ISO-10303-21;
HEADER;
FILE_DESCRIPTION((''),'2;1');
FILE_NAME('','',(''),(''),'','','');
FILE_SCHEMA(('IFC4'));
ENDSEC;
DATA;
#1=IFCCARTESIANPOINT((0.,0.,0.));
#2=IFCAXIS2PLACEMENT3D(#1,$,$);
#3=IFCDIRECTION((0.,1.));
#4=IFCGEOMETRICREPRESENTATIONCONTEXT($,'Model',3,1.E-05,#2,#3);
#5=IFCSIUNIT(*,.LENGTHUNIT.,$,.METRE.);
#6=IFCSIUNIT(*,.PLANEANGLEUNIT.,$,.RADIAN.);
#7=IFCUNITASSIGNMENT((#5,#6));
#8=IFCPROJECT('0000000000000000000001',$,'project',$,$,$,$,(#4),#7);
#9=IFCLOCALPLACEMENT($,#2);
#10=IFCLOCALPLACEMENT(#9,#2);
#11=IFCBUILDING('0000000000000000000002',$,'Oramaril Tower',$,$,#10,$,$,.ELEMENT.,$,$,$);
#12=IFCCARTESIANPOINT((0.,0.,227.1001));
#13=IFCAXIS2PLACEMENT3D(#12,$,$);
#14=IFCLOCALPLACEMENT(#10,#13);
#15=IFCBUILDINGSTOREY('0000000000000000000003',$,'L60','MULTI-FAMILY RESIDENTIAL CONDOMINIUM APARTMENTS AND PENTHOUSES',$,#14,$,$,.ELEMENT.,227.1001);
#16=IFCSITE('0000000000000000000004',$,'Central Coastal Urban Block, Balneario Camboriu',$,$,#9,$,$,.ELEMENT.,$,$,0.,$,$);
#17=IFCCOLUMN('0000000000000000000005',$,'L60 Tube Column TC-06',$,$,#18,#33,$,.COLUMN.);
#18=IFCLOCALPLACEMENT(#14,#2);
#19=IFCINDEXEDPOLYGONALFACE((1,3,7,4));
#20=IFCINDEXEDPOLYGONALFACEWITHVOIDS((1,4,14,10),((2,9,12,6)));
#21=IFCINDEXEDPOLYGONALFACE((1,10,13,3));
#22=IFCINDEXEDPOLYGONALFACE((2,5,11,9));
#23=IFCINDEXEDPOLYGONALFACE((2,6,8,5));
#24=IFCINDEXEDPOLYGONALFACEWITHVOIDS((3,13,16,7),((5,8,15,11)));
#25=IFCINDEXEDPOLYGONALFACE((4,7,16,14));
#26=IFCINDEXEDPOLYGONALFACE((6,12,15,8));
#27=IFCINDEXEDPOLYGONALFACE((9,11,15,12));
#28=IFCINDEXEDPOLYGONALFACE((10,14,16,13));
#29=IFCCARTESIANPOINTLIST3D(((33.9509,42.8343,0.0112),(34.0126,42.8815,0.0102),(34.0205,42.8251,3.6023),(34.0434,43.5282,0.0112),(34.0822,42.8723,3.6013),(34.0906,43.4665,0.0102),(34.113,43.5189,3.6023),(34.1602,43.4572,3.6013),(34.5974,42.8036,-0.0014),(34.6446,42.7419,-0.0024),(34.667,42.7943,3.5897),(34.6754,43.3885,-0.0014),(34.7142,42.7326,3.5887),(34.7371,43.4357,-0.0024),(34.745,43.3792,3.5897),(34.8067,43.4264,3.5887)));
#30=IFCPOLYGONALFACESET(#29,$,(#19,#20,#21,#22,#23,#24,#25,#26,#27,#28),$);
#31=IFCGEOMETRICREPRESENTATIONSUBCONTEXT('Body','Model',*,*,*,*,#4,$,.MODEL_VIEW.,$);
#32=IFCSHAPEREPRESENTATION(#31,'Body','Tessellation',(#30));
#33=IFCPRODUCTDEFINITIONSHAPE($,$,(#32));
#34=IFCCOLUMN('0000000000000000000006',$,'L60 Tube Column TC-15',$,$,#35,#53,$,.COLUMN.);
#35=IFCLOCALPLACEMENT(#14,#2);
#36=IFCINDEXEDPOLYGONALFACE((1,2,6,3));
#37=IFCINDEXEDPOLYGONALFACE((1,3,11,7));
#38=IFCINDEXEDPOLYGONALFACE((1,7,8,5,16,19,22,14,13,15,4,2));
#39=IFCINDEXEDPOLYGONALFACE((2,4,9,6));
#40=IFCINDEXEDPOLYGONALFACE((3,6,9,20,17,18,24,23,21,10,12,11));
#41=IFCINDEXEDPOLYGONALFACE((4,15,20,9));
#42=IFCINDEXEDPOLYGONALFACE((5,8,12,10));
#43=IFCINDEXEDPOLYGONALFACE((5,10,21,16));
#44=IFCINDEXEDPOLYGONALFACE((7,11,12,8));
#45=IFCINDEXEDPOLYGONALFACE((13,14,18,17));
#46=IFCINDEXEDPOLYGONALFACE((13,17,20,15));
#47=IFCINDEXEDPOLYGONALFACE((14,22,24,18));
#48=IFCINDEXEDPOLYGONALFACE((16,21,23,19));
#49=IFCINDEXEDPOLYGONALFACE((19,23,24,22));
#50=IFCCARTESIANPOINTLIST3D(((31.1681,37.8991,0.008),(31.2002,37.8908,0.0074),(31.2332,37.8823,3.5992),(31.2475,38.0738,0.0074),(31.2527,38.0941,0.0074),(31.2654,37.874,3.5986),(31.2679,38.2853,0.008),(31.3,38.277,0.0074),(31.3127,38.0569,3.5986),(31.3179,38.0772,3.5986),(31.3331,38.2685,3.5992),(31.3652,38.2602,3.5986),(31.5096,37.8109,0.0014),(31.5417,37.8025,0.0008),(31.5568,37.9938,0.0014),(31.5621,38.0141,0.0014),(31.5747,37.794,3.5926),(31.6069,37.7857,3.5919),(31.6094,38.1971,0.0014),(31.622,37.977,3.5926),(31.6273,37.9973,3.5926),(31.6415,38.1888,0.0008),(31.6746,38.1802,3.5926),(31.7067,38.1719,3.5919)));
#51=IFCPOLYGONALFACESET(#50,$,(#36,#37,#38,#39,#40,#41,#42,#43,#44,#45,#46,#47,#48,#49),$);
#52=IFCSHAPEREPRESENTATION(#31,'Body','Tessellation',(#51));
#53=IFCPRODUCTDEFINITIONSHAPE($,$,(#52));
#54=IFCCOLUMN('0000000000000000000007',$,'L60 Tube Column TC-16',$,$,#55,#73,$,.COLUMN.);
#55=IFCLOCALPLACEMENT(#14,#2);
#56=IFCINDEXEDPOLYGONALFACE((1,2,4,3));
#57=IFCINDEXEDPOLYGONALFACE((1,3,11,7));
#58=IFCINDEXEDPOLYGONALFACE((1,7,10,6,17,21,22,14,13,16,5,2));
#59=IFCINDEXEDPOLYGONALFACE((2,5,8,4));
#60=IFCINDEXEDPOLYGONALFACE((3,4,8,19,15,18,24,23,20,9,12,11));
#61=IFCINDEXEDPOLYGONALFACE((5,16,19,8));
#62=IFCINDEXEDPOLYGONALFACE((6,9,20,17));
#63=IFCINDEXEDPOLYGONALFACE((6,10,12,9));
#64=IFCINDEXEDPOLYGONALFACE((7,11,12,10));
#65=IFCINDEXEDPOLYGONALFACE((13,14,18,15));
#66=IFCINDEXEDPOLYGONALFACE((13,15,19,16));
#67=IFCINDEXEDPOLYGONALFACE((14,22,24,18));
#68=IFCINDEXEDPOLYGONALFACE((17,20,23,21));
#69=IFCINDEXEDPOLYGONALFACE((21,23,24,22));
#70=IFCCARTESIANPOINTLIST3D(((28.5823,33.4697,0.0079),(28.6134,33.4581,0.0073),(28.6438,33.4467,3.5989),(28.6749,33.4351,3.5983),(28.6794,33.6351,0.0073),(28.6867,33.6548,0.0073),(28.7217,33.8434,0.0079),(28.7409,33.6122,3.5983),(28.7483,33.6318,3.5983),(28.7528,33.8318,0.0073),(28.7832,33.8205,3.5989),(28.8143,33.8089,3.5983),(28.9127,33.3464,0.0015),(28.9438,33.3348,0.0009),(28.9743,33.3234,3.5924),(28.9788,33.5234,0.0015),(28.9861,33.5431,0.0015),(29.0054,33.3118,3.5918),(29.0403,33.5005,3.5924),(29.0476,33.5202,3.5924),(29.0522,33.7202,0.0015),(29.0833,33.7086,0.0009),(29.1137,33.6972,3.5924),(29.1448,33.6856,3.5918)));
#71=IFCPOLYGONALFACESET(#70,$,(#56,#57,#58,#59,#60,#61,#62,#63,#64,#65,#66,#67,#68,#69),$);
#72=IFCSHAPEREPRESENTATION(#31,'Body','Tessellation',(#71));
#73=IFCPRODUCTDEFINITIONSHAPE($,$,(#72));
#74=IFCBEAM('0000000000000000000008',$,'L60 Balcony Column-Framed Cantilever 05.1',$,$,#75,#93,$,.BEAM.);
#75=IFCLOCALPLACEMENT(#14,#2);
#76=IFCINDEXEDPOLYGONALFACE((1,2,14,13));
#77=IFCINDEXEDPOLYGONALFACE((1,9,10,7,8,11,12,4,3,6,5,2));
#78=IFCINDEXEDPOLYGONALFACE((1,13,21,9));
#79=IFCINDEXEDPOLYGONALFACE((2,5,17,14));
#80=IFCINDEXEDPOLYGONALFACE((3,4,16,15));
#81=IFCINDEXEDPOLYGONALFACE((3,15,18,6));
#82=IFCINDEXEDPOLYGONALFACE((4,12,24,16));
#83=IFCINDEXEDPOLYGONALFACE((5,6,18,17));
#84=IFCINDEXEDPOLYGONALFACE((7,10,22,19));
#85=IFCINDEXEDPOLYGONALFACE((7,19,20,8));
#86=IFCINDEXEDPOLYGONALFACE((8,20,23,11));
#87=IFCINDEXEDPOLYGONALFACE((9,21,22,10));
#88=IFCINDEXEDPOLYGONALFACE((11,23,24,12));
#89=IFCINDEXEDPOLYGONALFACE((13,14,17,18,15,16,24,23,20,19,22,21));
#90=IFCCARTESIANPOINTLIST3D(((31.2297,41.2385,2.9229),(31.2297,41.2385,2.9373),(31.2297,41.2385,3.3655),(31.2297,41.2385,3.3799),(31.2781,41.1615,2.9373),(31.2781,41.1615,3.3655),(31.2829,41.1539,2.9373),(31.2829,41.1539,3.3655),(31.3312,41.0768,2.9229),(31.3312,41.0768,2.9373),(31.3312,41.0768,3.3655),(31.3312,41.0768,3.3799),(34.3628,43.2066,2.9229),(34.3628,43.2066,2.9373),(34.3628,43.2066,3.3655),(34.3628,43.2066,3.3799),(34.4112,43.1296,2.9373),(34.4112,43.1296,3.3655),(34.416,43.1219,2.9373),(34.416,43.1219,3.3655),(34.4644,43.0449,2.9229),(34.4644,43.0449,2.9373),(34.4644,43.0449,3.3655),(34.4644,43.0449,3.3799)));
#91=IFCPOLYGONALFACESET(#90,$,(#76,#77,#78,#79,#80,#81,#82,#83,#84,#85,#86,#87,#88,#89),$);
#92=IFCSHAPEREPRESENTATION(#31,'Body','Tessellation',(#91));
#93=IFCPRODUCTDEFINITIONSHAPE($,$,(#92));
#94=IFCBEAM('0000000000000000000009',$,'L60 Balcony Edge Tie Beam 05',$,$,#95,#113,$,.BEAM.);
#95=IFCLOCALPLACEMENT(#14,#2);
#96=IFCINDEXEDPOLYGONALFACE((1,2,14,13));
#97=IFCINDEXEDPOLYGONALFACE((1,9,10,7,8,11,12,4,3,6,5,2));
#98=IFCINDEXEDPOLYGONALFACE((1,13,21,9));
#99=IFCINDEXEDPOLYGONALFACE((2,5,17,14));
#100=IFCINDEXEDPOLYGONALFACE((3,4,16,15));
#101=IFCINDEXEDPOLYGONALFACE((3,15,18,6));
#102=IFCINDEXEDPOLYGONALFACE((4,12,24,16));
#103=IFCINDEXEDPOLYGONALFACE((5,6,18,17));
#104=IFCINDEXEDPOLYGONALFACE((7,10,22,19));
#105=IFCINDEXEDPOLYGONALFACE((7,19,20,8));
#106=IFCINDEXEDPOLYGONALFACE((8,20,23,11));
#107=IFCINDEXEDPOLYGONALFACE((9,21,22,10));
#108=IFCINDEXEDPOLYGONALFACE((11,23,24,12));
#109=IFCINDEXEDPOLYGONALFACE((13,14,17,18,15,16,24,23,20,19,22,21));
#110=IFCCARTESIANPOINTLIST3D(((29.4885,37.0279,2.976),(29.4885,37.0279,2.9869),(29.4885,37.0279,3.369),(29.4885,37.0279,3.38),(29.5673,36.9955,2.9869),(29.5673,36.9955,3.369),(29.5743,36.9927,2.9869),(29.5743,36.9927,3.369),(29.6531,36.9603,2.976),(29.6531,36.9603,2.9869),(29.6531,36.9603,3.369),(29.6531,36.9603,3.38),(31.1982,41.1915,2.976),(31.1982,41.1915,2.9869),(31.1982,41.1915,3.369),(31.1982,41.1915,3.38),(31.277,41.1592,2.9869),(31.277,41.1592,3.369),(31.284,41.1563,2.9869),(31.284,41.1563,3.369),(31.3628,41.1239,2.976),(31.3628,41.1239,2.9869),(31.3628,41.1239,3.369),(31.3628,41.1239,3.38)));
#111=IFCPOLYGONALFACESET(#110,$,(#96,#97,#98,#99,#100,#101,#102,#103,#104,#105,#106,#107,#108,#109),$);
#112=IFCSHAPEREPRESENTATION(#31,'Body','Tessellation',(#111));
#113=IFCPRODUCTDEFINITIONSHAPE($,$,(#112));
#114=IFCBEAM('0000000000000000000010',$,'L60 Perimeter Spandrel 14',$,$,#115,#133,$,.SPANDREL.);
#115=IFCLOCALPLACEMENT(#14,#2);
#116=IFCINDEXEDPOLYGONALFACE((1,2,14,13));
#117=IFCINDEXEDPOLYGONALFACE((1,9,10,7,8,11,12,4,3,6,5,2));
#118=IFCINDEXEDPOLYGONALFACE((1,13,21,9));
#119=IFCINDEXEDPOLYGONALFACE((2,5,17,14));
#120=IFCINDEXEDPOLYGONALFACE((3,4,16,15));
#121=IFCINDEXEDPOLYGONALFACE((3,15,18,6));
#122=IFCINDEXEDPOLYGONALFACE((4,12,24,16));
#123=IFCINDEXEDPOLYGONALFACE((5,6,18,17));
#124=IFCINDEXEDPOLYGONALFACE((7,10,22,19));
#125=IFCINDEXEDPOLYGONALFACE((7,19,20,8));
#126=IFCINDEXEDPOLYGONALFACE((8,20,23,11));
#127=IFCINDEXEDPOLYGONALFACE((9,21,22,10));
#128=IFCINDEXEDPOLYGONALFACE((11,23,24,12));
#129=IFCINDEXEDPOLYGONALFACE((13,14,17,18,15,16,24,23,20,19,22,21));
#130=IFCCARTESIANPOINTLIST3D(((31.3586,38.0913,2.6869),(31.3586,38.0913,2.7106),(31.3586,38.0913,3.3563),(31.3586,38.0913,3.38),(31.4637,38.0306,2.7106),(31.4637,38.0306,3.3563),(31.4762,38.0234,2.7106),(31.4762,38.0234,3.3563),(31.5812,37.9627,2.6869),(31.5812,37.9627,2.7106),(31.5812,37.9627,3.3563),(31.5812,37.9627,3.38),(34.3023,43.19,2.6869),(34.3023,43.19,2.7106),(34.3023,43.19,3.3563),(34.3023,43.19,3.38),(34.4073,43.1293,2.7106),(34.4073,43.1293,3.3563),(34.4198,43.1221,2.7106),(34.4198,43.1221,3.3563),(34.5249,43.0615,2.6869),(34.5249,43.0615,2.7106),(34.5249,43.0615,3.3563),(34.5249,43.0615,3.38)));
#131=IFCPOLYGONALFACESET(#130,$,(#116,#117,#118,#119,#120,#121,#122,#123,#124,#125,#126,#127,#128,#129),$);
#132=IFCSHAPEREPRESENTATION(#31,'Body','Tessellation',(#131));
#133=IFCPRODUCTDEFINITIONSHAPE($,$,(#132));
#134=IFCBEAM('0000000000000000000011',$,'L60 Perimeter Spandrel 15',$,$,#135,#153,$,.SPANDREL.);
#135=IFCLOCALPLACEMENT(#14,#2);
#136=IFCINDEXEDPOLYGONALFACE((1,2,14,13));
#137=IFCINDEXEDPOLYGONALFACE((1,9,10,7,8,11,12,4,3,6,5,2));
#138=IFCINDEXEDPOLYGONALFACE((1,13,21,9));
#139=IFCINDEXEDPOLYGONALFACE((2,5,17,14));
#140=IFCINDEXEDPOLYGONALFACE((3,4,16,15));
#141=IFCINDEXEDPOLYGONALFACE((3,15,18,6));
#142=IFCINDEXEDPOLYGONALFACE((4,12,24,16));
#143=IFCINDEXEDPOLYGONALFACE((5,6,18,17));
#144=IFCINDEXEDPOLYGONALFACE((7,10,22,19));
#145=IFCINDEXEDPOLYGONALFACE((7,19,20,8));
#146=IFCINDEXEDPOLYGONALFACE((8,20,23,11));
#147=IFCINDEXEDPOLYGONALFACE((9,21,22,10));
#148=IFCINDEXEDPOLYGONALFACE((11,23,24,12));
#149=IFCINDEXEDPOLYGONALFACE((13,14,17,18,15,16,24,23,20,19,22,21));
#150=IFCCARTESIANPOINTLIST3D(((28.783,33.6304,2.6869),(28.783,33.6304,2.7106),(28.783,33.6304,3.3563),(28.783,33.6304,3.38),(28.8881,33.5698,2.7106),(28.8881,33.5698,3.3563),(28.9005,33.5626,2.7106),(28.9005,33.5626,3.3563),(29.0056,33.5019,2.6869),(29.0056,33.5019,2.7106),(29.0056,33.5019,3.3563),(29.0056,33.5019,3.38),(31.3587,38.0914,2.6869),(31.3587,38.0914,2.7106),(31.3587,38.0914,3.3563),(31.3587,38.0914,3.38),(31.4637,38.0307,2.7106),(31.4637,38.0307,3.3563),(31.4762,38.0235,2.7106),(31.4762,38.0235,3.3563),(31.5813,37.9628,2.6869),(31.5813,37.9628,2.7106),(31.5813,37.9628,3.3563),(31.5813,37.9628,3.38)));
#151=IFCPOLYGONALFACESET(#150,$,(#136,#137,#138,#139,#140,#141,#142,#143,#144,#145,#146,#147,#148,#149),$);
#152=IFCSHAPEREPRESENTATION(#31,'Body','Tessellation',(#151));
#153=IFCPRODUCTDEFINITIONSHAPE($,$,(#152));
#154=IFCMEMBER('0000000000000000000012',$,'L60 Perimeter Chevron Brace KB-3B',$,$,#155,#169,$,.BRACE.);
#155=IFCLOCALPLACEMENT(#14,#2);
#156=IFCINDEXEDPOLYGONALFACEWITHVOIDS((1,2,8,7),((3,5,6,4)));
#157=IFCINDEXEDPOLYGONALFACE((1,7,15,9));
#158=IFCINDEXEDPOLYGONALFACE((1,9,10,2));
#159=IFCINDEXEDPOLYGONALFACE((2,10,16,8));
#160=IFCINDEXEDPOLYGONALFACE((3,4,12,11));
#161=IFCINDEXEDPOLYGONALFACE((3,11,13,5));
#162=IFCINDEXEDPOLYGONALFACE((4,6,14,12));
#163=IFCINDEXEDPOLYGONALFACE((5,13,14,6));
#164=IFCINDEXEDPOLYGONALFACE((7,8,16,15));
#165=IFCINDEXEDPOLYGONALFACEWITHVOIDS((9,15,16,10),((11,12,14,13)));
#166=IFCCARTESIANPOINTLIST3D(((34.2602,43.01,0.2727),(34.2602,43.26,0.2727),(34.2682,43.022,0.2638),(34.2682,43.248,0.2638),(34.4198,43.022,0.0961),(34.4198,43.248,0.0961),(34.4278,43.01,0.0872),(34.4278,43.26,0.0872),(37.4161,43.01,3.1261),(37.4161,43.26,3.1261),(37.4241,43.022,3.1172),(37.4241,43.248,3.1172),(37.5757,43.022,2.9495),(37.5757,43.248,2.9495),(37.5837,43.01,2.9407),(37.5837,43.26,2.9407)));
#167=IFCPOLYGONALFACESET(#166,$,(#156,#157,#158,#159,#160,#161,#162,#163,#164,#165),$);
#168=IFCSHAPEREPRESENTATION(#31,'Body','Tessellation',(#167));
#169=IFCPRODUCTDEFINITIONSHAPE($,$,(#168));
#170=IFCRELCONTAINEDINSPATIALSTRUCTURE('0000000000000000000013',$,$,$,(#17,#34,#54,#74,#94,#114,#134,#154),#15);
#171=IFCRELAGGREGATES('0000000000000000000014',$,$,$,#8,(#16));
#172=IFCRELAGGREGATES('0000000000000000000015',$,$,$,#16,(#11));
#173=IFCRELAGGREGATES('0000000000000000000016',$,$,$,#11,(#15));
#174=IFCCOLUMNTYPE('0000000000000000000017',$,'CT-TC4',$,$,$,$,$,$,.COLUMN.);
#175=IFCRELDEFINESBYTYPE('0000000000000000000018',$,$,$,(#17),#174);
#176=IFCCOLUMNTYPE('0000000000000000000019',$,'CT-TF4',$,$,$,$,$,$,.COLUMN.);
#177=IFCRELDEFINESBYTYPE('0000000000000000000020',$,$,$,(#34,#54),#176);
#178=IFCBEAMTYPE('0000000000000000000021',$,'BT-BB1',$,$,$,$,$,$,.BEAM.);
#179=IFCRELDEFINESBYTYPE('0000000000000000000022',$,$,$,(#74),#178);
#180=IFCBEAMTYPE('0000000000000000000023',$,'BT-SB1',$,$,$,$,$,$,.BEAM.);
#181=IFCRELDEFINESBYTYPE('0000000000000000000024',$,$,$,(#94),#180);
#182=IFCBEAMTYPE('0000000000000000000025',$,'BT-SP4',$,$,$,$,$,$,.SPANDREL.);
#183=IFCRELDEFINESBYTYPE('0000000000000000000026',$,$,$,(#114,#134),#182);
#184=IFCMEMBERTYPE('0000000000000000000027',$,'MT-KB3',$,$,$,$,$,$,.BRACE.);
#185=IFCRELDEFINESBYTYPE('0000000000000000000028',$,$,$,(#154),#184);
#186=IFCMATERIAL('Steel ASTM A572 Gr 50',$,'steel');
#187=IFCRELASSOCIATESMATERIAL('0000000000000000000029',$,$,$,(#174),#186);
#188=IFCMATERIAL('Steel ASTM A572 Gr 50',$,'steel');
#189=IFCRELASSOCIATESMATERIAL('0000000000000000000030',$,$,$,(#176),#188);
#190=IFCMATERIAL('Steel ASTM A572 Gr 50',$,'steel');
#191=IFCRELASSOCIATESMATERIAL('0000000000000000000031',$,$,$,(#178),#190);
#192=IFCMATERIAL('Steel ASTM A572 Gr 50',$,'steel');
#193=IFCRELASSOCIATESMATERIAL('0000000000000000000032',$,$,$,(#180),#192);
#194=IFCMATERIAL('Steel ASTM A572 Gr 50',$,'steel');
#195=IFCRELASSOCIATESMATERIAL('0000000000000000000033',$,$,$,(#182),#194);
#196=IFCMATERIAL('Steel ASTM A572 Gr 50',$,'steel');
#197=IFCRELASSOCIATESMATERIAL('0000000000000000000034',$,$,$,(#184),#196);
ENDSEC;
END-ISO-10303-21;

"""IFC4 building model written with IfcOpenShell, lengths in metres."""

from ifc_helpers import new_model, si_unit, direction, frame, origin, origin_2d, place, context, subcontext, project, spatial, hollow_rectangle, i_section, extrude, material, material_profile, profile_set, type_object, element, save


model = new_model("IFC4")

# Units and contexts
model_context = context("Model", 3, precision=1e-05, world=origin(), true_north=direction((0.0, 1.0)))
body_context = subcontext(model_context, "Body", "Model", "MODEL_VIEW")
ifc_project = project(units=[si_unit("LENGTHUNIT", "METRE"), si_unit("PLANEANGLEUNIT", "RADIAN")], contexts=[model_context])

# Site, building, storey
site_placement = place(None, origin())
site = spatial("IfcSite", under=ifc_project, at=site_placement, Name="Central Coastal Urban Block, Balneario Camboriu", CompositionType="ELEMENT", RefElevation=0.0)
building_placement = place(site_placement, origin())
building = spatial("IfcBuilding", under=site, at=building_placement, Name="Oramaril Tower", CompositionType="ELEMENT")
storey_placement = place(building_placement, frame((0.0, 0.0, 227.1001)))
storey = spatial("IfcBuildingStorey", under=building, at=storey_placement, Name="L60", Description="MULTI-FAMILY RESIDENTIAL CONDOMINIUM APARTMENTS AND PENTHOUSES", CompositionType="ELEMENT", Elevation=227.1001)

# Columns
ifc_material_1 = material(Name="Steel ASTM A572 Gr 50", Category="steel")
ifc_material_profile_1 = material_profile(ifc_material_1, hollow_rectangle(XDim=0.7, YDim=0.7, WallThickness=0.0549, at=origin_2d()), Name="BOX700X700X55")
ifc_profile_set_1 = profile_set([ifc_material_profile_1], Name="Steel ASTM A572 Gr 50")
column_type_1 = type_object("IfcColumnType", Name="CT-TC4", PredefinedType="COLUMN", material=ifc_profile_set_1)
column_1_placement = place(storey_placement, frame((34.344, 43.135, 0.0044), z_axis=(0.019372, -0.002583, 0.999809), x_axis=(0.132164, 0.991228, 0.0)))
element("IfcColumn", 1, at=column_1_placement, inside=storey, type_object=column_type_1, Name="L60 Tube Column TC-06", PredefinedType="COLUMN", context=body_context, shape_type="SweptSolid", body=[
    extrude(hollow_rectangle(XDim=0.7, YDim=0.7, WallThickness=0.0549, at=origin_2d()), origin(), (0.0, 0.0, 1.0), 3.5918),
])
ifc_material_2 = material(Name="Steel ASTM A572 Gr 50", Category="steel")
ifc_material_profile_2 = material_profile(ifc_material_2, i_section(OverallWidth=0.3989, OverallDepth=0.386, WebThickness=0.021, FlangeThickness=0.0332, at=origin_2d()), Name="W14X176")
ifc_profile_set_2 = profile_set([ifc_material_profile_2], Name="Steel ASTM A572 Gr 50")
column_type_2 = type_object("IfcColumnType", Name="CT-TF4", PredefinedType="COLUMN", material=ifc_profile_set_2)
column_2_placement = place(storey_placement, frame((31.4048, 38.0439, 0.0044), z_axis=(0.018149, -0.00469, 0.999824), x_axis=(0.250207, 0.968192, 0.0)))
element("IfcColumn", 2, at=column_2_placement, inside=storey, type_object=column_type_2, Name="L60 Tube Column TC-15", PredefinedType="COLUMN", context=body_context, shape_type="SweptSolid", body=[
    extrude(i_section(OverallWidth=0.3989, OverallDepth=0.386, WebThickness=0.021, FlangeThickness=0.0332, at=origin_2d()), origin(), (0.0, 0.0, 1.0), 3.5918),
])
column_3_placement = place(storey_placement, frame((28.8328, 33.5891, 0.0044), z_axis=(0.01713, -0.00639, 0.999833), x_axis=(0.349493, 0.936939, 0.0)))
element("IfcColumn", 3, at=column_3_placement, inside=storey, type_object=column_type_2, Name="L60 Tube Column TC-16", PredefinedType="COLUMN", context=body_context, shape_type="SweptSolid", body=[
    extrude(i_section(OverallWidth=0.3989, OverallDepth=0.386, WebThickness=0.021, FlangeThickness=0.0332, at=origin_2d()), origin(), (0.0, 0.0, 1.0), 3.5916),
])

# Beams
ifc_material_3 = material(Name="Steel ASTM A572 Gr 50", Category="steel")
ifc_material_profile_3 = material_profile(ifc_material_3, i_section(OverallWidth=0.1909, OverallDepth=0.457, WebThickness=0.009, FlangeThickness=0.0144, at=origin_2d()), Name="W18X50")
ifc_profile_set_3 = profile_set([ifc_material_profile_3], Name="Steel ASTM A572 Gr 50")
beam_type_1 = type_object("IfcBeamType", Name="BT-BB1", PredefinedType="BEAM", material=ifc_profile_set_3)
beam_1_placement = place(storey_placement, frame((34.4136, 43.1257, 3.1514), z_axis=(-0.846799, -0.531913, 0.0), x_axis=(0.531913, -0.846799, 0.0)))
element("IfcBeam", 4, at=beam_1_placement, inside=storey, type_object=beam_type_1, Name="L60 Balcony Column-Framed Cantilever 05.1", PredefinedType="BEAM", context=body_context, shape_type="SweptSolid", body=[
    extrude(i_section(OverallWidth=0.1909, OverallDepth=0.457, WebThickness=0.009, FlangeThickness=0.0144, at=origin_2d()), origin(), (0.0, 0.0, 1.0), 3.7),
])
ifc_material_4 = material(Name="Steel ASTM A572 Gr 50", Category="steel")
ifc_material_profile_4 = material_profile(ifc_material_4, i_section(OverallWidth=0.178, OverallDepth=0.4041, WebThickness=0.0076, FlangeThickness=0.011, at=origin_2d()), Name="W16X36")
ifc_profile_set_4 = profile_set([ifc_material_profile_4], Name="Steel ASTM A572 Gr 50")
beam_type_2 = type_object("IfcBeamType", Name="BT-SB1", PredefinedType="BEAM", material=ifc_profile_set_4)
beam_2_placement = place(storey_placement, frame((31.2805, 41.1577, 3.178), z_axis=(-0.379858, -0.925045, 0.0), x_axis=(0.925045, -0.379858, 0.0)))
element("IfcBeam", 5, at=beam_2_placement, inside=storey, type_object=beam_type_2, Name="L60 Balcony Edge Tie Beam 05", PredefinedType="BEAM", context=body_context, shape_type="SweptSolid", body=[
    extrude(i_section(OverallWidth=0.178, OverallDepth=0.4041, WebThickness=0.0076, FlangeThickness=0.011, at=origin_2d()), origin(), (0.0, 0.0, 1.0), 4.501),
])
ifc_material_5 = material(Name="Steel ASTM A572 Gr 50", Category="steel")
ifc_material_profile_5 = material_profile(ifc_material_5, i_section(OverallWidth=0.2571, OverallDepth=0.6931, WebThickness=0.0144, FlangeThickness=0.0237, at=origin_2d()), Name="W27X114")
ifc_profile_set_5 = profile_set([ifc_material_profile_5], Name="Steel ASTM A572 Gr 50")
beam_type_3 = type_object("IfcBeamType", Name="BT-SP4", PredefinedType="SPANDREL", material=ifc_profile_set_5)
beam_3_placement = place(storey_placement, frame((34.4136, 43.1257, 3.0334), z_axis=(-0.499988, -0.866032, 0.0), x_axis=(0.866032, -0.499988, 0.0)))
element("IfcBeam", 6, at=beam_3_placement, inside=storey, type_object=beam_type_3, Name="L60 Perimeter Spandrel 14", PredefinedType="SPANDREL", context=body_context, shape_type="SweptSolid", body=[
    extrude(i_section(OverallWidth=0.2571, OverallDepth=0.6931, WebThickness=0.0144, FlangeThickness=0.0237, at=origin_2d()), origin(), (0.0, 0.0, 1.0), 5.8875),
])
beam_4_placement = place(storey_placement, frame((31.47, 38.0271, 3.0334), z_axis=(-0.500023, -0.866012, 0.0), x_axis=(0.866012, -0.500023, 0.0)))
element("IfcBeam", 7, at=beam_4_placement, inside=storey, type_object=beam_type_3, Name="L60 Perimeter Spandrel 15", PredefinedType="SPANDREL", context=body_context, shape_type="SweptSolid", body=[
    extrude(i_section(OverallWidth=0.2571, OverallDepth=0.6931, WebThickness=0.0144, FlangeThickness=0.0237, at=origin_2d()), origin(), (0.0, 0.0, 1.0), 5.1511),
])

# Member
ifc_material_6 = material(Name="Steel ASTM A572 Gr 50", Category="steel")
ifc_material_profile_6 = material_profile(ifc_material_6, hollow_rectangle(XDim=0.25, YDim=0.25, WallThickness=0.012, at=origin_2d()), Name="HSS250X250X12")
ifc_profile_set_6 = profile_set([ifc_material_profile_6], Name="Steel ASTM A572 Gr 50")
member_type = type_object("IfcMemberType", Name="MT-KB3", PredefinedType="BRACE", material=ifc_profile_set_6)
member_placement = place(storey_placement, frame((34.344, 43.135, 0.1799), z_axis=(0.74176, 0.0, 0.670665), x_axis=(0.0, 1.0, 0.0)))
element("IfcMember", 8, at=member_placement, inside=storey, type_object=member_type, Name="L60 Perimeter Chevron Brace KB-3B", PredefinedType="BRACE", context=body_context, shape_type="SweptSolid", body=[
    extrude(hollow_rectangle(XDim=0.25, YDim=0.25, WallThickness=0.012, at=origin_2d()), origin(), (0.0, 0.0, 1.0), 4.2546),
])

save(model, "model.ifc")
